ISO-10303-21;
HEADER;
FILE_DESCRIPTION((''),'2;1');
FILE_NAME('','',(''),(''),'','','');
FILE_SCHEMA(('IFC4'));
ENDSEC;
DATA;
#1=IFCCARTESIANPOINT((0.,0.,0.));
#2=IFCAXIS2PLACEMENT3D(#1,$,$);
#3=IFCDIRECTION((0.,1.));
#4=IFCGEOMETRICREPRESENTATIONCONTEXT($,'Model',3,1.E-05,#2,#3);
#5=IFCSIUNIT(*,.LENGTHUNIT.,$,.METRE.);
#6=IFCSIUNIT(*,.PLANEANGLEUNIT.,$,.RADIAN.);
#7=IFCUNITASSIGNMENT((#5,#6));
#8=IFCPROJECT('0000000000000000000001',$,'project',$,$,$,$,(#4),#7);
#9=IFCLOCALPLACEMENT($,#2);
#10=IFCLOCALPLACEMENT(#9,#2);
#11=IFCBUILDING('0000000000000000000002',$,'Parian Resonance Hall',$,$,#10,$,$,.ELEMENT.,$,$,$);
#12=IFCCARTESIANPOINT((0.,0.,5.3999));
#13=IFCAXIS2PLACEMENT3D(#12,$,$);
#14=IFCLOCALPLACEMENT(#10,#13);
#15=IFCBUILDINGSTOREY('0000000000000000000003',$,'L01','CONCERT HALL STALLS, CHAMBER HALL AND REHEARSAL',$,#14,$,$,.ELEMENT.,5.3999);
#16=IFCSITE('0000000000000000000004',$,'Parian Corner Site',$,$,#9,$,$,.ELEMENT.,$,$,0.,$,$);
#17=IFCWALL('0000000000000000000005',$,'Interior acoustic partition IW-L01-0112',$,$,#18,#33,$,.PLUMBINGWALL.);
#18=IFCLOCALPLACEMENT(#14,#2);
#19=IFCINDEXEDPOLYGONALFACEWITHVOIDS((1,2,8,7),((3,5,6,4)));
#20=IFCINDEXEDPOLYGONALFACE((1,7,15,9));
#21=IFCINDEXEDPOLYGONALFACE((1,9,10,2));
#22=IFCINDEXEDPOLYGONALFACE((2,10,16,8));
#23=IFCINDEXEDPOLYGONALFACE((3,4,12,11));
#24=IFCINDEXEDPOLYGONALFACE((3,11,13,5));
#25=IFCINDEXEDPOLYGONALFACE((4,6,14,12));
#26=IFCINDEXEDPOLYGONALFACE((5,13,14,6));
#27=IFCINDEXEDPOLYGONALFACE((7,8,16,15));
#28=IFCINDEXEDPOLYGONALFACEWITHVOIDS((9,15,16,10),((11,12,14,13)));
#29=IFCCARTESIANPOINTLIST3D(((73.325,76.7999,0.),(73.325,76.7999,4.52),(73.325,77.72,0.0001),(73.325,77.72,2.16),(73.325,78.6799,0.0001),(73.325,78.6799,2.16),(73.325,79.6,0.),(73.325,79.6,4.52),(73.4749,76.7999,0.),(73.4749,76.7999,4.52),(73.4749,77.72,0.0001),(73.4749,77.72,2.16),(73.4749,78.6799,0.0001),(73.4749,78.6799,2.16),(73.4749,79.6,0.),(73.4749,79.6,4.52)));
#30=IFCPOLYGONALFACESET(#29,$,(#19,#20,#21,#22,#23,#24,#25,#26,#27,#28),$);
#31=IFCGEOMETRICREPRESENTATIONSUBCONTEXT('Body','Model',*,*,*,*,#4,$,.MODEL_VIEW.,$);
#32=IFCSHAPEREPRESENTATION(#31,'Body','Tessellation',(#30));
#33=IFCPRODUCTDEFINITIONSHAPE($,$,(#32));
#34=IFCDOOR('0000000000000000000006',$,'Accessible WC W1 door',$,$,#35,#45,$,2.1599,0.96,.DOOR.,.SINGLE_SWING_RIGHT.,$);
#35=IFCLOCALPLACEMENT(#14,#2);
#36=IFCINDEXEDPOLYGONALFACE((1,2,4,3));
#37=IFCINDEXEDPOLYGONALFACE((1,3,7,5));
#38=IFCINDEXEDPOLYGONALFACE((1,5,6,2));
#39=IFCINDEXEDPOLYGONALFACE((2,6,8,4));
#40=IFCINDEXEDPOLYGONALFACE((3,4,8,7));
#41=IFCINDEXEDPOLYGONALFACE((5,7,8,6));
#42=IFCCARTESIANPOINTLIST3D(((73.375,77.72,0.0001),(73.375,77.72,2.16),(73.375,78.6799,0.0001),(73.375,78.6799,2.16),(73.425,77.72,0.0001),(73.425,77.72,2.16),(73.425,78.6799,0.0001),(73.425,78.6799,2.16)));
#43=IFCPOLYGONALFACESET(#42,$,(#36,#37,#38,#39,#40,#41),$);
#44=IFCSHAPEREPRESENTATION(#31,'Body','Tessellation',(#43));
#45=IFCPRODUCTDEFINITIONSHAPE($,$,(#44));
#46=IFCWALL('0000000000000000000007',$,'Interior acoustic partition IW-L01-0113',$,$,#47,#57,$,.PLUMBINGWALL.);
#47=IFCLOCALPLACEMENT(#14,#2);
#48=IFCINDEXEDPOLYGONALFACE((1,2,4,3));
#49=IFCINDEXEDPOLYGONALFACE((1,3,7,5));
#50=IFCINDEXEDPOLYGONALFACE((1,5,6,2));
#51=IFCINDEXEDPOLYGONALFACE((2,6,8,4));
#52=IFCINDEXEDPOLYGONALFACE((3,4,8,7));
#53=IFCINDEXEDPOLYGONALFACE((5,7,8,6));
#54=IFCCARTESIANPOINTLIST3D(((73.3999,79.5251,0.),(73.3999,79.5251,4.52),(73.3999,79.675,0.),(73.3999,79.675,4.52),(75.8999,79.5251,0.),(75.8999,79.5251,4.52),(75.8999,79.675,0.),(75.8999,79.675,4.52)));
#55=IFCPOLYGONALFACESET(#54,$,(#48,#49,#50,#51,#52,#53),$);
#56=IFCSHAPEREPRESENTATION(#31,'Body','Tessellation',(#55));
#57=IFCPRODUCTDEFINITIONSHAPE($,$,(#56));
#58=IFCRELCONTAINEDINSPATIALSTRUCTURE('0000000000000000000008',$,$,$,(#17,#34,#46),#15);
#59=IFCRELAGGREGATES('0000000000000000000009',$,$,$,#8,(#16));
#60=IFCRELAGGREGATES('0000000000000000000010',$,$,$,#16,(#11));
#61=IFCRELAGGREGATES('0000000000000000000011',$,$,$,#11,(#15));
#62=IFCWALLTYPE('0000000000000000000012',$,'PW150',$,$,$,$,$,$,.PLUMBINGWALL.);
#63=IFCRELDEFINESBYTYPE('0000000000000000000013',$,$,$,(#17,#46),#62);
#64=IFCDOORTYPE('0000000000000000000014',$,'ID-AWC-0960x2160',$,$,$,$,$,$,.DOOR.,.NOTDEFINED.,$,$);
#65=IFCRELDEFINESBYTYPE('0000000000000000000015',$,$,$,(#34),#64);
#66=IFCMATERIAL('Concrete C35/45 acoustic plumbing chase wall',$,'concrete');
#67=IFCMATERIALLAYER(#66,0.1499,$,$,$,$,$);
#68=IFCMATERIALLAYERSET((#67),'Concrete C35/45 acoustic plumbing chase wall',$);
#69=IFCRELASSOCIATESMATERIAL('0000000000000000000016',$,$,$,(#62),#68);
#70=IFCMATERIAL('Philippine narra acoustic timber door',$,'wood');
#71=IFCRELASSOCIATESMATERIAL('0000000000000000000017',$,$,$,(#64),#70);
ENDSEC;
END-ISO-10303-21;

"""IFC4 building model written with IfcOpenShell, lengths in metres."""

from ifc_helpers import new_model, si_unit, direction, frame, frame_2d, origin, place, context, subcontext, project, spatial, rectangle, extrude, material, layer, layer_set, type_object, element, fill, save


model = new_model("IFC4")

# Units and contexts
model_context = context("Model", 3, precision=1e-05, world=origin(), true_north=direction((0.0, 1.0)))
body_context = subcontext(model_context, "Body", "Model", "MODEL_VIEW")
ifc_project = project(units=[si_unit("LENGTHUNIT", "METRE"), si_unit("PLANEANGLEUNIT", "RADIAN")], contexts=[model_context])

# Site, building, storey
site_placement = place(None, origin())
site = spatial("IfcSite", under=ifc_project, at=site_placement, Name="Parian Corner Site", CompositionType="ELEMENT", RefElevation=0.0)
building_placement = place(site_placement, origin())
building = spatial("IfcBuilding", under=site, at=building_placement, Name="Parian Resonance Hall", CompositionType="ELEMENT")
storey_placement = place(building_placement, frame((0.0, 0.0, 5.3999)))
storey = spatial("IfcBuildingStorey", under=building, at=storey_placement, Name="L01", Description="CONCERT HALL STALLS, CHAMBER HALL AND REHEARSAL", CompositionType="ELEMENT", Elevation=5.3999)

# Wall, opening, door
ifc_material_1 = material(Name="Concrete C35/45 acoustic plumbing chase wall", Category="concrete")
ifc_layer_1 = layer(ifc_material_1, 0.1499)
ifc_layer_set_1 = layer_set([ifc_layer_1], Name="Concrete C35/45 acoustic plumbing chase wall")
wall_type_1 = type_object("IfcWallType", Name="PW150", PredefinedType="PLUMBINGWALL", material=ifc_layer_set_1)
wall_1_placement = place(storey_placement, frame((73.3999, 76.8, 0.0), z_axis=(0.0, 0.0, 1.0), x_axis=(0.0, 1.0, 0.0)))
wall_1 = element("IfcWall", 1, at=wall_1_placement, inside=storey, type_object=wall_type_1, Name="Interior acoustic partition IW-L01-0112", PredefinedType="PLUMBINGWALL", context=body_context, shape_type="SweptSolid", body=[
    extrude(rectangle(XDim=2.8, YDim=0.1499, at=frame_2d((1.3999, 0.0))), origin(), (0.0, 0.0, 1.0), 4.52),
])
opening_1_placement = place(wall_1_placement, frame((0.9199, 0.0, 0.0)))
opening_1 = element("IfcOpeningElement", 2, at=opening_1_placement, cuts=wall_1, PredefinedType="OPENING", context=body_context, shape_type="SweptSolid", body=[
    extrude(rectangle(XDim=0.96, YDim=2.1599, at=frame_2d((0.48, 1.0801))), frame((0.0, 0.085, 0.0), z_axis=(0.0, -1.0, 0.0), x_axis=(1.0, 0.0, 0.0)), (0.0, 0.0, 1.0), 0.1699),
])
ifc_material_2 = material(Name="Philippine narra acoustic timber door", Category="wood")
door_type_1 = type_object("IfcDoorType", Name="ID-AWC-0960x2160", OperationType="NOTDEFINED", PredefinedType="DOOR", material=ifc_material_2)
door_1_placement = place(opening_1_placement, origin())
door_1 = element("IfcDoor", 3, at=door_1_placement, inside=storey, type_object=door_type_1, Name="Accessible WC W1 door", OperationType="SINGLE_SWING_RIGHT", OverallHeight=2.1599, OverallWidth=0.96, PredefinedType="DOOR", context=body_context, shape_type="SweptSolid", body=[
    extrude(rectangle(XDim=0.96, YDim=2.1599, at=frame_2d((0.48, 1.0801))), frame((0.0, 0.0249, 0.0), z_axis=(0.0, -1.0, 0.0), x_axis=(1.0, 0.0, 0.0)), (0.0, 0.0, 1.0), 0.05),
])
fill(opening_1, door_1)

# Wall
wall_2_placement = place(storey_placement, frame((73.3999, 79.6001, 0.0), z_axis=(0.0, 0.0, 1.0), x_axis=(1.0, 0.0, 0.0)))
element("IfcWall", 4, at=wall_2_placement, inside=storey, type_object=wall_type_1, Name="Interior acoustic partition IW-L01-0113", PredefinedType="PLUMBINGWALL", context=body_context, shape_type="SweptSolid", body=[
    extrude(rectangle(XDim=2.5, YDim=0.1499, at=frame_2d((1.25, 0.0))), origin(), (0.0, 0.0, 1.0), 4.52),
])

save(model, "model.ifc")
